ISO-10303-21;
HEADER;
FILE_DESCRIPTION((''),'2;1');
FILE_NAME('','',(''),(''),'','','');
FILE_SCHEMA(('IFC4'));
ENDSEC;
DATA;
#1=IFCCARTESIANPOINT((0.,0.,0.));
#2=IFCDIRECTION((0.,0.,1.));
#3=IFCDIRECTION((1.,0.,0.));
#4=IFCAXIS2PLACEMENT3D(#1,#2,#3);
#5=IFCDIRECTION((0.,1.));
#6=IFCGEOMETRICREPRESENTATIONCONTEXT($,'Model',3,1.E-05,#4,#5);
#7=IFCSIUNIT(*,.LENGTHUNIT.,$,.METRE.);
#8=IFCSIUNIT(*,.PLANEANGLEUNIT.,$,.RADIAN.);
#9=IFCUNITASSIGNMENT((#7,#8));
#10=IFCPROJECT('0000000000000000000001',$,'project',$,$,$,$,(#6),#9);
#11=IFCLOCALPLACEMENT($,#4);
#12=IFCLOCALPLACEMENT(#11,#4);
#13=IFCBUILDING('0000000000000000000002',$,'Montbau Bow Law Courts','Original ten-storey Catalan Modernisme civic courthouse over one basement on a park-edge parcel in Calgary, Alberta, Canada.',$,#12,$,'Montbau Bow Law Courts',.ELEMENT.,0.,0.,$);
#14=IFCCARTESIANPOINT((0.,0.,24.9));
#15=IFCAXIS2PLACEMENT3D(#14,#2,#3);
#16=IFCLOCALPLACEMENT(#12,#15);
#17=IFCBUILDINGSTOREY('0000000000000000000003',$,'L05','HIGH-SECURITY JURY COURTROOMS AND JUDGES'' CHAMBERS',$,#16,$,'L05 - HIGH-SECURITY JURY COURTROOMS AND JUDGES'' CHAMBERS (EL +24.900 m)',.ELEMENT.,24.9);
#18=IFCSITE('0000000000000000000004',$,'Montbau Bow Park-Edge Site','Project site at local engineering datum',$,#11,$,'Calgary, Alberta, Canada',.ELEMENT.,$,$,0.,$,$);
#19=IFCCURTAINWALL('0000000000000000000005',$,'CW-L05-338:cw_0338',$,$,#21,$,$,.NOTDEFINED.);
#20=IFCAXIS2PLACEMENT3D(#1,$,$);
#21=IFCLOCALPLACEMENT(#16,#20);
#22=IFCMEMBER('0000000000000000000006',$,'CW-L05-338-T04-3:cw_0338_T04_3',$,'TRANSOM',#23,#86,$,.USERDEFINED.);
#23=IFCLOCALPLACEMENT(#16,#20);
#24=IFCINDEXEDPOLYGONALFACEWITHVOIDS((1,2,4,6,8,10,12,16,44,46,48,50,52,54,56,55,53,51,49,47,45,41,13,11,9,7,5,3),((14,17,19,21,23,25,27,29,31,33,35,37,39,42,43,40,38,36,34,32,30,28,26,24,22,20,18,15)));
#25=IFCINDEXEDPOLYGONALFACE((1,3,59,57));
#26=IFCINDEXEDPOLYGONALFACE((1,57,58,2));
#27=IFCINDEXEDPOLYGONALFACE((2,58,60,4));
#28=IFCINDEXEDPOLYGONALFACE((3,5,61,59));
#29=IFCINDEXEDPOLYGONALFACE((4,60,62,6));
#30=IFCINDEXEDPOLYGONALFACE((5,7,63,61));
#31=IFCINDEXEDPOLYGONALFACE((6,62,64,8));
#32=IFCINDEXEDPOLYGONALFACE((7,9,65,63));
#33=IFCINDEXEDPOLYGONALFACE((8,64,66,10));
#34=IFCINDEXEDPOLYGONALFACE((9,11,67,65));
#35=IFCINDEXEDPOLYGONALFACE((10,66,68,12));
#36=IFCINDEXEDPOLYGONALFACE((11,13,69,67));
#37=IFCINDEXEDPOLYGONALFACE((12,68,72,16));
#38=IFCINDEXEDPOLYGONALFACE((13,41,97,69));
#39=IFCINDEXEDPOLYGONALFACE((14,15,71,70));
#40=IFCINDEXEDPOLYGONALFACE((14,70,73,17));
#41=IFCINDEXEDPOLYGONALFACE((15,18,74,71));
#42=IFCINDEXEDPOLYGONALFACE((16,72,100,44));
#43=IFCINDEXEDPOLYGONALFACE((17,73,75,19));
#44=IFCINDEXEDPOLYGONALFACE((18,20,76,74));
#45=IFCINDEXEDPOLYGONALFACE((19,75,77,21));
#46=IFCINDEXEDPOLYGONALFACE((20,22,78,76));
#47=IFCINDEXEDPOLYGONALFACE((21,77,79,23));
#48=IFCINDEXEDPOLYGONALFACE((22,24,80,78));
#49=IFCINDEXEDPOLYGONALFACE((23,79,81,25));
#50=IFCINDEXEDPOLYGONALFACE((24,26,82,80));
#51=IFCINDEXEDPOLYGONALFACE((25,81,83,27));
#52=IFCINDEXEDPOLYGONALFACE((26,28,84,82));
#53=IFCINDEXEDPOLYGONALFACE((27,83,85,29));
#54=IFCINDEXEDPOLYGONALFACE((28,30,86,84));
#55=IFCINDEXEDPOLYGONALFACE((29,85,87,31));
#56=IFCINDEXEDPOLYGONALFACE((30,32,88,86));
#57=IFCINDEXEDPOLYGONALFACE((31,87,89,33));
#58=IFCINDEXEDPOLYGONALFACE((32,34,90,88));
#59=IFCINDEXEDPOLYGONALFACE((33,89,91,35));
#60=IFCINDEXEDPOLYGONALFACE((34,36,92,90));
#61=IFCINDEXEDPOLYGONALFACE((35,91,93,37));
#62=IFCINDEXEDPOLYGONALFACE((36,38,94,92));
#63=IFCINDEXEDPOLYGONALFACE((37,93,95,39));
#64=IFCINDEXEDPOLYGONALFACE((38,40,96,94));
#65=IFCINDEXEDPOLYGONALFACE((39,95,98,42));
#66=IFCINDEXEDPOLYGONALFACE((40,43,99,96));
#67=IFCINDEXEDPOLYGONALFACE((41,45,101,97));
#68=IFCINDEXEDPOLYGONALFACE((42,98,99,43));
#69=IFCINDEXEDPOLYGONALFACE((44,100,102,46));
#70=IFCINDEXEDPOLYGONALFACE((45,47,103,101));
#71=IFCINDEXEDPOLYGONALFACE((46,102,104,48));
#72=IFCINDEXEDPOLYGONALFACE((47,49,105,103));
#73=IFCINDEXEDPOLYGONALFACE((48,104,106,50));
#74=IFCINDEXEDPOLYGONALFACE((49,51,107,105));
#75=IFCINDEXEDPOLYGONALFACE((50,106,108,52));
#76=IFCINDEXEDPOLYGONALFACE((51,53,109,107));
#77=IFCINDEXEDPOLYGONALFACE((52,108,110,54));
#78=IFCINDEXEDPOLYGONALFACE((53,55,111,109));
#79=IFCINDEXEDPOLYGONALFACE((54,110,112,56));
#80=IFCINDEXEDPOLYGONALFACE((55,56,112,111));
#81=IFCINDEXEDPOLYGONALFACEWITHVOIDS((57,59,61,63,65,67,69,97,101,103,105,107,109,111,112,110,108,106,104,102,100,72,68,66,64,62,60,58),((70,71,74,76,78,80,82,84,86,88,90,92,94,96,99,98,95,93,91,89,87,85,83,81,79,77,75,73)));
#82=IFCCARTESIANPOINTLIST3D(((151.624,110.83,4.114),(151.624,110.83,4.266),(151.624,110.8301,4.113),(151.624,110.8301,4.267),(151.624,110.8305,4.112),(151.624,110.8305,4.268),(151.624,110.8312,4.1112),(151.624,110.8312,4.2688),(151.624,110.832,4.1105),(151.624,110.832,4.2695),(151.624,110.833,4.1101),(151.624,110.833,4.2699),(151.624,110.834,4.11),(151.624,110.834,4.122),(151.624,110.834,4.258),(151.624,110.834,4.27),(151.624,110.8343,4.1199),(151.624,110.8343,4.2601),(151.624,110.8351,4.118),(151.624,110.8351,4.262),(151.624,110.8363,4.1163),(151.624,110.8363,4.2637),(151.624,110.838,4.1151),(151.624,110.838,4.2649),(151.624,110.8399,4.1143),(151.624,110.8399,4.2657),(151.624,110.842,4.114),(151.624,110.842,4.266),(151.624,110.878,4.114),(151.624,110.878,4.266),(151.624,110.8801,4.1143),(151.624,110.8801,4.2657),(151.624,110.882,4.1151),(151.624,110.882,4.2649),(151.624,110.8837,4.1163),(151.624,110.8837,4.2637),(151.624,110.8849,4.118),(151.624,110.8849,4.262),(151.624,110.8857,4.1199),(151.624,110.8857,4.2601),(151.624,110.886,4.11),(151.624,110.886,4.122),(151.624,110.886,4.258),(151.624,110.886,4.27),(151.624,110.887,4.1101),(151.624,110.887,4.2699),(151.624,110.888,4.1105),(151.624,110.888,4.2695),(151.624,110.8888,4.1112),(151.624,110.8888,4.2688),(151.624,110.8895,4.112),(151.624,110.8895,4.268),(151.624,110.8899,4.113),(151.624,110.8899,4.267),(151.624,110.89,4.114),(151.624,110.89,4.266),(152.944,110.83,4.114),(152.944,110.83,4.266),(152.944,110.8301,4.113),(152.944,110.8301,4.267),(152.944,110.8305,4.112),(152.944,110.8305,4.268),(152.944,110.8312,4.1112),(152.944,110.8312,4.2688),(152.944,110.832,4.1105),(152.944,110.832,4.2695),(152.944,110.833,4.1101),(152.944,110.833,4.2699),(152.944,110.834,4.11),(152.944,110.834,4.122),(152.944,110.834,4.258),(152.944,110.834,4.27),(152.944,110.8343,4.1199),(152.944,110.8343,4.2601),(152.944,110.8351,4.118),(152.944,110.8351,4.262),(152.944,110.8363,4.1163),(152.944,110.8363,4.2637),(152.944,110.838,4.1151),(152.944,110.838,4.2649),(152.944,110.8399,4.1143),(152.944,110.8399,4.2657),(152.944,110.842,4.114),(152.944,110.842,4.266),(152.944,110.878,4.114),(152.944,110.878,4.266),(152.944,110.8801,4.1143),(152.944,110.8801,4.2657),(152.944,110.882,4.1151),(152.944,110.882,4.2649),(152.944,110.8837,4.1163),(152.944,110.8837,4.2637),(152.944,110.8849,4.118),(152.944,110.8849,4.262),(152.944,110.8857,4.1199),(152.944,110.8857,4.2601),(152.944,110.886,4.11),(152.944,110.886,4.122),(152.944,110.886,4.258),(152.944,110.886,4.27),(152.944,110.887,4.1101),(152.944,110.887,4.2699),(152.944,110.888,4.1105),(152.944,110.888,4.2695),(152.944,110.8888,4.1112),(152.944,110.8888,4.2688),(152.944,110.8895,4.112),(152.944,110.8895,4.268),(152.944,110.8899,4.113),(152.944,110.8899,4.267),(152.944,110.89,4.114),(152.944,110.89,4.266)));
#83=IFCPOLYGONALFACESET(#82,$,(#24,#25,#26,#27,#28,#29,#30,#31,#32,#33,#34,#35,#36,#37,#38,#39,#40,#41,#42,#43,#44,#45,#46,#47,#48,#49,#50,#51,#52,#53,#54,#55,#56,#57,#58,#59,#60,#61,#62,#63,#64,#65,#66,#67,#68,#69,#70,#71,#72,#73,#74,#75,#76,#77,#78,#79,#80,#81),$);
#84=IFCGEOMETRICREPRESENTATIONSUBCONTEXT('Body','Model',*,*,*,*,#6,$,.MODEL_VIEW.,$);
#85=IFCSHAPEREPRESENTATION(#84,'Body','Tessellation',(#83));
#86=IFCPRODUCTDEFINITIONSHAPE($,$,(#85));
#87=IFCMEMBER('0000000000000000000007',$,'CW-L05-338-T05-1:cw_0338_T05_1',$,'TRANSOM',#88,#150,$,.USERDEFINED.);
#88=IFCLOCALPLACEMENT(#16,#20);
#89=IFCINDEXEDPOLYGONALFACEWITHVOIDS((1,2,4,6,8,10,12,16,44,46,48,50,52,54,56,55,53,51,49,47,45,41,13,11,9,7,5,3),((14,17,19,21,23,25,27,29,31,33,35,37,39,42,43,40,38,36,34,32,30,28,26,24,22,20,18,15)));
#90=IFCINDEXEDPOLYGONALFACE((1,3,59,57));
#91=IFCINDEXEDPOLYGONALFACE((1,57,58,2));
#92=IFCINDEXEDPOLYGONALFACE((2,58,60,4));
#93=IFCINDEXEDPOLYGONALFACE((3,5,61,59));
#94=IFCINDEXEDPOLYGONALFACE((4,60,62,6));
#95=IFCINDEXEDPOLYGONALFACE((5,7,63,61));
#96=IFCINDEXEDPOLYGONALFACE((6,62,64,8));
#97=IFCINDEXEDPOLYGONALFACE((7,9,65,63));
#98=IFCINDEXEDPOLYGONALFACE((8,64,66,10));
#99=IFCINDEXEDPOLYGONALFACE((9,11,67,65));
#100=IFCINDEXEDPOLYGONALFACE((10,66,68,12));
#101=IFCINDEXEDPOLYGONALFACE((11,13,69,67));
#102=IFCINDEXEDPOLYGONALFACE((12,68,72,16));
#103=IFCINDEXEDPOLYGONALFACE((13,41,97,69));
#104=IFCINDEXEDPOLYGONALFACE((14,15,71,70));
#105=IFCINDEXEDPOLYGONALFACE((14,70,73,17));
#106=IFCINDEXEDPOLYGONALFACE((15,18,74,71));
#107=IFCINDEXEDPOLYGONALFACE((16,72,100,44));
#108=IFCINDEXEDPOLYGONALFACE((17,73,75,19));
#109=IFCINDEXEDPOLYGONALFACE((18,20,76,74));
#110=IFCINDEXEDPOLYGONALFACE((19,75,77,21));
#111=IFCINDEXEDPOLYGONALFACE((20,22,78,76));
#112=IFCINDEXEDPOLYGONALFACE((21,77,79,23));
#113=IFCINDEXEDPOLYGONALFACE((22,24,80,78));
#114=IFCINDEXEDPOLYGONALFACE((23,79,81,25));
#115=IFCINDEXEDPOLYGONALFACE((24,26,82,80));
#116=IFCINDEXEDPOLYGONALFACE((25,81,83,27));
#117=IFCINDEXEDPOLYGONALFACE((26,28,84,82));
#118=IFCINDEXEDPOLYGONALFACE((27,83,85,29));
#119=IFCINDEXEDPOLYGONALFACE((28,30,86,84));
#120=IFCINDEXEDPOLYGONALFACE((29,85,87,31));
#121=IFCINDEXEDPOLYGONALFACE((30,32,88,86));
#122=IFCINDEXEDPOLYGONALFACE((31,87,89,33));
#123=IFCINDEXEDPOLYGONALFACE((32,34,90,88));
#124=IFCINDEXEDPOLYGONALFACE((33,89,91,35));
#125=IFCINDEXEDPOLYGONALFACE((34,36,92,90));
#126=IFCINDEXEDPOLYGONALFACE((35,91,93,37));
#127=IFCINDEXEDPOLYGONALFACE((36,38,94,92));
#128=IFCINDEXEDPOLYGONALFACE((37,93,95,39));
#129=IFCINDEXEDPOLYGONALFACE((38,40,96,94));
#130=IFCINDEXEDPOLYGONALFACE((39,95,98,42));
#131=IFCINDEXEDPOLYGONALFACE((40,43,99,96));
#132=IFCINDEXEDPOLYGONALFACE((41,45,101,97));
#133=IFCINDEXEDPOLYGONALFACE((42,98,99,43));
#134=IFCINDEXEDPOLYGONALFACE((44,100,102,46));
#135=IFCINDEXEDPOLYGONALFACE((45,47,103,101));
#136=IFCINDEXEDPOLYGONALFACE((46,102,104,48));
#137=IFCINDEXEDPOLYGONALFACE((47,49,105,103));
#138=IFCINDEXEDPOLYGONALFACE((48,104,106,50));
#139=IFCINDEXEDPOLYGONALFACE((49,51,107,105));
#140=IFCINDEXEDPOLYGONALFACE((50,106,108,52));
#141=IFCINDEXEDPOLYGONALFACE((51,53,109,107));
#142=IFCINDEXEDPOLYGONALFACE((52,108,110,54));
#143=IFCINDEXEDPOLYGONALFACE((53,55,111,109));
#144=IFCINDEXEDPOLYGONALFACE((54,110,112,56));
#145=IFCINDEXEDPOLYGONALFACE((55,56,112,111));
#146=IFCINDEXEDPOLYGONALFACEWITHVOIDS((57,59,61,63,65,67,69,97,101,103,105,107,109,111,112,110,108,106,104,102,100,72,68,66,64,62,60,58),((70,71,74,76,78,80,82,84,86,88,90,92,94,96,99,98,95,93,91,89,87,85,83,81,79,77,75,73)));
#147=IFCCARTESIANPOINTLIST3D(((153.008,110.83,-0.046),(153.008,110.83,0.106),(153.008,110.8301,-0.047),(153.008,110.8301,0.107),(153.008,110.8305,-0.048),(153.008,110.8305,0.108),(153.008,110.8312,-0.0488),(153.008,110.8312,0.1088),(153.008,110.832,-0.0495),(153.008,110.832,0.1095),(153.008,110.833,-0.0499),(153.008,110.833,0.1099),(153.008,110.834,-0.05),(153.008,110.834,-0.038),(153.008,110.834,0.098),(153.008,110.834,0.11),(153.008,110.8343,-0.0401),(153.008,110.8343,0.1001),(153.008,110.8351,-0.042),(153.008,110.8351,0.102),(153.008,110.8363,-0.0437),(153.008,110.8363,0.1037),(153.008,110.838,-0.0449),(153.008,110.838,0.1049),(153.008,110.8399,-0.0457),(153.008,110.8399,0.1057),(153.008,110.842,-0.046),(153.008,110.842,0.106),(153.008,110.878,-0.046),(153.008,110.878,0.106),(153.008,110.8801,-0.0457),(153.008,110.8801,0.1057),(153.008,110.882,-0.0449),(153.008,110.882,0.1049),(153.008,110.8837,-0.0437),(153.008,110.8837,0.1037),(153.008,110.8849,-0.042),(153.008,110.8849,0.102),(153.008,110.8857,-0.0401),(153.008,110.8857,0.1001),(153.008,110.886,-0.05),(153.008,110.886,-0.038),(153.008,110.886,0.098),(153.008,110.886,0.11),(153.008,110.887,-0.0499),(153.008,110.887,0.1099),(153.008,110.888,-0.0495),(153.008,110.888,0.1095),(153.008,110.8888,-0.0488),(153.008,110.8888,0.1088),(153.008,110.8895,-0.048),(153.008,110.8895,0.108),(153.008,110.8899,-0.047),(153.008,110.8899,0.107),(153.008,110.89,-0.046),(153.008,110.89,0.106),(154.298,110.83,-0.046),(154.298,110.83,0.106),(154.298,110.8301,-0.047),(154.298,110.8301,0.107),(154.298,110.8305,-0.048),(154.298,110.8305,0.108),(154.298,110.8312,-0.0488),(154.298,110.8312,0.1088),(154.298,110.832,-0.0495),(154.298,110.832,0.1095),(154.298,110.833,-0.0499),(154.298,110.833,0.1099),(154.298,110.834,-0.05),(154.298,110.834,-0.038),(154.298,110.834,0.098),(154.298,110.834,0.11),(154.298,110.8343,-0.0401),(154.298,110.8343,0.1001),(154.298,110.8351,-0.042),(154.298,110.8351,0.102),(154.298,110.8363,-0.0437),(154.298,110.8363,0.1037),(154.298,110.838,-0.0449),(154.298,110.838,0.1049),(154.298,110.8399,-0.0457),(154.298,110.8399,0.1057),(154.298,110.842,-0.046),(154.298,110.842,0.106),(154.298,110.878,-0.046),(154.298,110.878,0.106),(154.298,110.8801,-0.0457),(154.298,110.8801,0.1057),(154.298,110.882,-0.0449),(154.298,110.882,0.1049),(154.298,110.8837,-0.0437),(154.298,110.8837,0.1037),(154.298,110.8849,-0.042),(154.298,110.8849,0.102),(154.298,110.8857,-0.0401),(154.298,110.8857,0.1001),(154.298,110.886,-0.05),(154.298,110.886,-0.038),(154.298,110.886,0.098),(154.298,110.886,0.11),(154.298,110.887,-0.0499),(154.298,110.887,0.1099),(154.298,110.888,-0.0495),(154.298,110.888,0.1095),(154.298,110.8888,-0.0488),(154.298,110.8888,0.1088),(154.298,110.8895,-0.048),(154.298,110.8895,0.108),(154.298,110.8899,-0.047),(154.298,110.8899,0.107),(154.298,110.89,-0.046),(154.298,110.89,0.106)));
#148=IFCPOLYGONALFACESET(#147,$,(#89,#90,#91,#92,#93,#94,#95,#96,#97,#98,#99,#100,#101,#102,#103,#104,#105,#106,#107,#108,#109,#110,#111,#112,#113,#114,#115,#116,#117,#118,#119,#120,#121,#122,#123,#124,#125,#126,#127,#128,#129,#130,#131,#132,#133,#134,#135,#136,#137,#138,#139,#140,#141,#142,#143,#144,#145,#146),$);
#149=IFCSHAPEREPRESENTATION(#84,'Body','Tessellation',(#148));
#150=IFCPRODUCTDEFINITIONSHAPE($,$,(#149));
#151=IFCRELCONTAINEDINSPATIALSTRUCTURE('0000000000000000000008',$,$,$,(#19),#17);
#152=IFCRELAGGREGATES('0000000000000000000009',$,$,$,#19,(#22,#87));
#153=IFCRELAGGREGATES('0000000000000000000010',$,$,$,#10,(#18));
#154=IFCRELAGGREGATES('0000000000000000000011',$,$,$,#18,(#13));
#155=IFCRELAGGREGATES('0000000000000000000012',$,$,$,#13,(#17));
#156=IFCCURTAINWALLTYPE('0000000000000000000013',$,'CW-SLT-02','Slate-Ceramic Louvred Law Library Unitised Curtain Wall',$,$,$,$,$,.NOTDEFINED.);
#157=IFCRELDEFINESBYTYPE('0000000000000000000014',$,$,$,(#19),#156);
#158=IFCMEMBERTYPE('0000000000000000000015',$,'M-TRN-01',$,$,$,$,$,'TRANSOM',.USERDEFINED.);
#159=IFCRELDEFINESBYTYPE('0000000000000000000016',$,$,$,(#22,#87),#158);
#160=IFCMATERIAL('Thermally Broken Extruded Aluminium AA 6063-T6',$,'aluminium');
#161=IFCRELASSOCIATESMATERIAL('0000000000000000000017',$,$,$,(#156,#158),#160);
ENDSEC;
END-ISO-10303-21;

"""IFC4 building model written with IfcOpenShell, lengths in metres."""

from ifc_helpers import new_model, si_unit, direction, frame, origin_with_axes, origin_2d_with_axis, place, context, subcontext, project, spatial, hollow_rectangle, extrude, material, material_profile, profile_set, type_object, element, aggregate, save


model = new_model("IFC4")

# Units and contexts
model_context = context("Model", 3, precision=1e-05, world=origin_with_axes(), true_north=direction((0.0, 1.0)))
body_context = subcontext(model_context, "Body", "Model", "MODEL_VIEW")
ifc_project = project(units=[si_unit("LENGTHUNIT", "METRE"), si_unit("PLANEANGLEUNIT", "RADIAN")], contexts=[model_context])

# Site, building, storey
site_placement = place(None, origin_with_axes())
site = spatial("IfcSite", under=ifc_project, at=site_placement, Name="Montbau Bow Park-Edge Site", Description="Project site at local engineering datum", LongName="Calgary, Alberta, Canada", CompositionType="ELEMENT", RefElevation=0.0)
building_placement = place(site_placement, origin_with_axes())
building = spatial("IfcBuilding", under=site, at=building_placement, Name="Montbau Bow Law Courts", Description="Original ten-storey Catalan Modernisme civic courthouse over one basement on a park-edge parcel in Calgary, Alberta, Canada.", LongName="Montbau Bow Law Courts", CompositionType="ELEMENT", ElevationOfRefHeight=0.0, ElevationOfTerrain=0.0)
storey_placement = place(building_placement, frame((0.0, 0.0, 24.9), z_axis=(0.0, 0.0, 1.0), x_axis=(1.0, 0.0, 0.0)))
storey = spatial("IfcBuildingStorey", under=building, at=storey_placement, Name="L05", Description="HIGH-SECURITY JURY COURTROOMS AND JUDGES' CHAMBERS", LongName="L05 - HIGH-SECURITY JURY COURTROOMS AND JUDGES' CHAMBERS (EL +24.900 m)", CompositionType="ELEMENT", Elevation=24.9)

# Curtain wall, members
ifc_material_1 = material(Name="Thermally Broken Extruded Aluminium AA 6063-T6", Category="aluminium")
curtain_wall_type = type_object("IfcCurtainWallType", Name="CW-SLT-02", Description="Slate-Ceramic Louvred Law Library Unitised Curtain Wall", PredefinedType="NOTDEFINED", material=ifc_material_1)
curtain_wall_placement = place(None, frame((147.44, 110.86, 24.9), z_axis=(0.0, 0.0, 1.0), x_axis=(1.0, 0.0, 0.0)))
curtain_wall = element("IfcCurtainWall", 1, at=curtain_wall_placement, inside=storey, type_object=curtain_wall_type, Name="CW-L05-338:cw_0338", PredefinedType="NOTDEFINED")
ifc_material_profile_1 = material_profile(ifc_material_1, hollow_rectangle(XDim=0.06, YDim=0.16, WallThickness=0.004, InnerFilletRadius=0.008, OuterFilletRadius=0.004, at=origin_2d_with_axis()), Name="CWT-160X60", Category="Main", Priority=0)
ifc_profile_set_1 = profile_set([ifc_material_profile_1], Name="Thermally Broken Extruded Aluminium AA 6063-T6")
member_type_1 = type_object("IfcMemberType", Name="M-TRN-01", ElementType="TRANSOM", PredefinedType="USERDEFINED", material=ifc_profile_set_1)
member_1_placement = place(None, frame((151.624, 110.86, 29.09), z_axis=(1.0, 0.0, 0.0), x_axis=(0.0, 1.0, 0.0)))
member_1 = element("IfcMember", 2, at=member_1_placement, type_object=member_type_1, Name="CW-L05-338-T04-3:cw_0338_T04_3", ObjectType="TRANSOM", PredefinedType="USERDEFINED", context=body_context, shape_type="SweptSolid", body=[
    extrude(hollow_rectangle(XDim=0.06, YDim=0.16, WallThickness=0.004, InnerFilletRadius=0.008, OuterFilletRadius=0.004, at=origin_2d_with_axis()), origin_with_axes(), (0.0, 0.0, 1.0), 1.32),
])
member_2_placement = place(None, frame((153.008, 110.86, 24.93), z_axis=(1.0, 0.0, 0.0), x_axis=(0.0, 1.0, 0.0)))
member_2 = element("IfcMember", 3, at=member_2_placement, type_object=member_type_1, Name="CW-L05-338-T05-1:cw_0338_T05_1", ObjectType="TRANSOM", PredefinedType="USERDEFINED", context=body_context, shape_type="SweptSolid", body=[
    extrude(hollow_rectangle(XDim=0.06, YDim=0.16, WallThickness=0.004, InnerFilletRadius=0.008, OuterFilletRadius=0.004, at=origin_2d_with_axis()), origin_with_axes(), (0.0, 0.0, 1.0), 1.29),
])
aggregate(curtain_wall, [member_1, member_2])

save(model, "model.ifc")
